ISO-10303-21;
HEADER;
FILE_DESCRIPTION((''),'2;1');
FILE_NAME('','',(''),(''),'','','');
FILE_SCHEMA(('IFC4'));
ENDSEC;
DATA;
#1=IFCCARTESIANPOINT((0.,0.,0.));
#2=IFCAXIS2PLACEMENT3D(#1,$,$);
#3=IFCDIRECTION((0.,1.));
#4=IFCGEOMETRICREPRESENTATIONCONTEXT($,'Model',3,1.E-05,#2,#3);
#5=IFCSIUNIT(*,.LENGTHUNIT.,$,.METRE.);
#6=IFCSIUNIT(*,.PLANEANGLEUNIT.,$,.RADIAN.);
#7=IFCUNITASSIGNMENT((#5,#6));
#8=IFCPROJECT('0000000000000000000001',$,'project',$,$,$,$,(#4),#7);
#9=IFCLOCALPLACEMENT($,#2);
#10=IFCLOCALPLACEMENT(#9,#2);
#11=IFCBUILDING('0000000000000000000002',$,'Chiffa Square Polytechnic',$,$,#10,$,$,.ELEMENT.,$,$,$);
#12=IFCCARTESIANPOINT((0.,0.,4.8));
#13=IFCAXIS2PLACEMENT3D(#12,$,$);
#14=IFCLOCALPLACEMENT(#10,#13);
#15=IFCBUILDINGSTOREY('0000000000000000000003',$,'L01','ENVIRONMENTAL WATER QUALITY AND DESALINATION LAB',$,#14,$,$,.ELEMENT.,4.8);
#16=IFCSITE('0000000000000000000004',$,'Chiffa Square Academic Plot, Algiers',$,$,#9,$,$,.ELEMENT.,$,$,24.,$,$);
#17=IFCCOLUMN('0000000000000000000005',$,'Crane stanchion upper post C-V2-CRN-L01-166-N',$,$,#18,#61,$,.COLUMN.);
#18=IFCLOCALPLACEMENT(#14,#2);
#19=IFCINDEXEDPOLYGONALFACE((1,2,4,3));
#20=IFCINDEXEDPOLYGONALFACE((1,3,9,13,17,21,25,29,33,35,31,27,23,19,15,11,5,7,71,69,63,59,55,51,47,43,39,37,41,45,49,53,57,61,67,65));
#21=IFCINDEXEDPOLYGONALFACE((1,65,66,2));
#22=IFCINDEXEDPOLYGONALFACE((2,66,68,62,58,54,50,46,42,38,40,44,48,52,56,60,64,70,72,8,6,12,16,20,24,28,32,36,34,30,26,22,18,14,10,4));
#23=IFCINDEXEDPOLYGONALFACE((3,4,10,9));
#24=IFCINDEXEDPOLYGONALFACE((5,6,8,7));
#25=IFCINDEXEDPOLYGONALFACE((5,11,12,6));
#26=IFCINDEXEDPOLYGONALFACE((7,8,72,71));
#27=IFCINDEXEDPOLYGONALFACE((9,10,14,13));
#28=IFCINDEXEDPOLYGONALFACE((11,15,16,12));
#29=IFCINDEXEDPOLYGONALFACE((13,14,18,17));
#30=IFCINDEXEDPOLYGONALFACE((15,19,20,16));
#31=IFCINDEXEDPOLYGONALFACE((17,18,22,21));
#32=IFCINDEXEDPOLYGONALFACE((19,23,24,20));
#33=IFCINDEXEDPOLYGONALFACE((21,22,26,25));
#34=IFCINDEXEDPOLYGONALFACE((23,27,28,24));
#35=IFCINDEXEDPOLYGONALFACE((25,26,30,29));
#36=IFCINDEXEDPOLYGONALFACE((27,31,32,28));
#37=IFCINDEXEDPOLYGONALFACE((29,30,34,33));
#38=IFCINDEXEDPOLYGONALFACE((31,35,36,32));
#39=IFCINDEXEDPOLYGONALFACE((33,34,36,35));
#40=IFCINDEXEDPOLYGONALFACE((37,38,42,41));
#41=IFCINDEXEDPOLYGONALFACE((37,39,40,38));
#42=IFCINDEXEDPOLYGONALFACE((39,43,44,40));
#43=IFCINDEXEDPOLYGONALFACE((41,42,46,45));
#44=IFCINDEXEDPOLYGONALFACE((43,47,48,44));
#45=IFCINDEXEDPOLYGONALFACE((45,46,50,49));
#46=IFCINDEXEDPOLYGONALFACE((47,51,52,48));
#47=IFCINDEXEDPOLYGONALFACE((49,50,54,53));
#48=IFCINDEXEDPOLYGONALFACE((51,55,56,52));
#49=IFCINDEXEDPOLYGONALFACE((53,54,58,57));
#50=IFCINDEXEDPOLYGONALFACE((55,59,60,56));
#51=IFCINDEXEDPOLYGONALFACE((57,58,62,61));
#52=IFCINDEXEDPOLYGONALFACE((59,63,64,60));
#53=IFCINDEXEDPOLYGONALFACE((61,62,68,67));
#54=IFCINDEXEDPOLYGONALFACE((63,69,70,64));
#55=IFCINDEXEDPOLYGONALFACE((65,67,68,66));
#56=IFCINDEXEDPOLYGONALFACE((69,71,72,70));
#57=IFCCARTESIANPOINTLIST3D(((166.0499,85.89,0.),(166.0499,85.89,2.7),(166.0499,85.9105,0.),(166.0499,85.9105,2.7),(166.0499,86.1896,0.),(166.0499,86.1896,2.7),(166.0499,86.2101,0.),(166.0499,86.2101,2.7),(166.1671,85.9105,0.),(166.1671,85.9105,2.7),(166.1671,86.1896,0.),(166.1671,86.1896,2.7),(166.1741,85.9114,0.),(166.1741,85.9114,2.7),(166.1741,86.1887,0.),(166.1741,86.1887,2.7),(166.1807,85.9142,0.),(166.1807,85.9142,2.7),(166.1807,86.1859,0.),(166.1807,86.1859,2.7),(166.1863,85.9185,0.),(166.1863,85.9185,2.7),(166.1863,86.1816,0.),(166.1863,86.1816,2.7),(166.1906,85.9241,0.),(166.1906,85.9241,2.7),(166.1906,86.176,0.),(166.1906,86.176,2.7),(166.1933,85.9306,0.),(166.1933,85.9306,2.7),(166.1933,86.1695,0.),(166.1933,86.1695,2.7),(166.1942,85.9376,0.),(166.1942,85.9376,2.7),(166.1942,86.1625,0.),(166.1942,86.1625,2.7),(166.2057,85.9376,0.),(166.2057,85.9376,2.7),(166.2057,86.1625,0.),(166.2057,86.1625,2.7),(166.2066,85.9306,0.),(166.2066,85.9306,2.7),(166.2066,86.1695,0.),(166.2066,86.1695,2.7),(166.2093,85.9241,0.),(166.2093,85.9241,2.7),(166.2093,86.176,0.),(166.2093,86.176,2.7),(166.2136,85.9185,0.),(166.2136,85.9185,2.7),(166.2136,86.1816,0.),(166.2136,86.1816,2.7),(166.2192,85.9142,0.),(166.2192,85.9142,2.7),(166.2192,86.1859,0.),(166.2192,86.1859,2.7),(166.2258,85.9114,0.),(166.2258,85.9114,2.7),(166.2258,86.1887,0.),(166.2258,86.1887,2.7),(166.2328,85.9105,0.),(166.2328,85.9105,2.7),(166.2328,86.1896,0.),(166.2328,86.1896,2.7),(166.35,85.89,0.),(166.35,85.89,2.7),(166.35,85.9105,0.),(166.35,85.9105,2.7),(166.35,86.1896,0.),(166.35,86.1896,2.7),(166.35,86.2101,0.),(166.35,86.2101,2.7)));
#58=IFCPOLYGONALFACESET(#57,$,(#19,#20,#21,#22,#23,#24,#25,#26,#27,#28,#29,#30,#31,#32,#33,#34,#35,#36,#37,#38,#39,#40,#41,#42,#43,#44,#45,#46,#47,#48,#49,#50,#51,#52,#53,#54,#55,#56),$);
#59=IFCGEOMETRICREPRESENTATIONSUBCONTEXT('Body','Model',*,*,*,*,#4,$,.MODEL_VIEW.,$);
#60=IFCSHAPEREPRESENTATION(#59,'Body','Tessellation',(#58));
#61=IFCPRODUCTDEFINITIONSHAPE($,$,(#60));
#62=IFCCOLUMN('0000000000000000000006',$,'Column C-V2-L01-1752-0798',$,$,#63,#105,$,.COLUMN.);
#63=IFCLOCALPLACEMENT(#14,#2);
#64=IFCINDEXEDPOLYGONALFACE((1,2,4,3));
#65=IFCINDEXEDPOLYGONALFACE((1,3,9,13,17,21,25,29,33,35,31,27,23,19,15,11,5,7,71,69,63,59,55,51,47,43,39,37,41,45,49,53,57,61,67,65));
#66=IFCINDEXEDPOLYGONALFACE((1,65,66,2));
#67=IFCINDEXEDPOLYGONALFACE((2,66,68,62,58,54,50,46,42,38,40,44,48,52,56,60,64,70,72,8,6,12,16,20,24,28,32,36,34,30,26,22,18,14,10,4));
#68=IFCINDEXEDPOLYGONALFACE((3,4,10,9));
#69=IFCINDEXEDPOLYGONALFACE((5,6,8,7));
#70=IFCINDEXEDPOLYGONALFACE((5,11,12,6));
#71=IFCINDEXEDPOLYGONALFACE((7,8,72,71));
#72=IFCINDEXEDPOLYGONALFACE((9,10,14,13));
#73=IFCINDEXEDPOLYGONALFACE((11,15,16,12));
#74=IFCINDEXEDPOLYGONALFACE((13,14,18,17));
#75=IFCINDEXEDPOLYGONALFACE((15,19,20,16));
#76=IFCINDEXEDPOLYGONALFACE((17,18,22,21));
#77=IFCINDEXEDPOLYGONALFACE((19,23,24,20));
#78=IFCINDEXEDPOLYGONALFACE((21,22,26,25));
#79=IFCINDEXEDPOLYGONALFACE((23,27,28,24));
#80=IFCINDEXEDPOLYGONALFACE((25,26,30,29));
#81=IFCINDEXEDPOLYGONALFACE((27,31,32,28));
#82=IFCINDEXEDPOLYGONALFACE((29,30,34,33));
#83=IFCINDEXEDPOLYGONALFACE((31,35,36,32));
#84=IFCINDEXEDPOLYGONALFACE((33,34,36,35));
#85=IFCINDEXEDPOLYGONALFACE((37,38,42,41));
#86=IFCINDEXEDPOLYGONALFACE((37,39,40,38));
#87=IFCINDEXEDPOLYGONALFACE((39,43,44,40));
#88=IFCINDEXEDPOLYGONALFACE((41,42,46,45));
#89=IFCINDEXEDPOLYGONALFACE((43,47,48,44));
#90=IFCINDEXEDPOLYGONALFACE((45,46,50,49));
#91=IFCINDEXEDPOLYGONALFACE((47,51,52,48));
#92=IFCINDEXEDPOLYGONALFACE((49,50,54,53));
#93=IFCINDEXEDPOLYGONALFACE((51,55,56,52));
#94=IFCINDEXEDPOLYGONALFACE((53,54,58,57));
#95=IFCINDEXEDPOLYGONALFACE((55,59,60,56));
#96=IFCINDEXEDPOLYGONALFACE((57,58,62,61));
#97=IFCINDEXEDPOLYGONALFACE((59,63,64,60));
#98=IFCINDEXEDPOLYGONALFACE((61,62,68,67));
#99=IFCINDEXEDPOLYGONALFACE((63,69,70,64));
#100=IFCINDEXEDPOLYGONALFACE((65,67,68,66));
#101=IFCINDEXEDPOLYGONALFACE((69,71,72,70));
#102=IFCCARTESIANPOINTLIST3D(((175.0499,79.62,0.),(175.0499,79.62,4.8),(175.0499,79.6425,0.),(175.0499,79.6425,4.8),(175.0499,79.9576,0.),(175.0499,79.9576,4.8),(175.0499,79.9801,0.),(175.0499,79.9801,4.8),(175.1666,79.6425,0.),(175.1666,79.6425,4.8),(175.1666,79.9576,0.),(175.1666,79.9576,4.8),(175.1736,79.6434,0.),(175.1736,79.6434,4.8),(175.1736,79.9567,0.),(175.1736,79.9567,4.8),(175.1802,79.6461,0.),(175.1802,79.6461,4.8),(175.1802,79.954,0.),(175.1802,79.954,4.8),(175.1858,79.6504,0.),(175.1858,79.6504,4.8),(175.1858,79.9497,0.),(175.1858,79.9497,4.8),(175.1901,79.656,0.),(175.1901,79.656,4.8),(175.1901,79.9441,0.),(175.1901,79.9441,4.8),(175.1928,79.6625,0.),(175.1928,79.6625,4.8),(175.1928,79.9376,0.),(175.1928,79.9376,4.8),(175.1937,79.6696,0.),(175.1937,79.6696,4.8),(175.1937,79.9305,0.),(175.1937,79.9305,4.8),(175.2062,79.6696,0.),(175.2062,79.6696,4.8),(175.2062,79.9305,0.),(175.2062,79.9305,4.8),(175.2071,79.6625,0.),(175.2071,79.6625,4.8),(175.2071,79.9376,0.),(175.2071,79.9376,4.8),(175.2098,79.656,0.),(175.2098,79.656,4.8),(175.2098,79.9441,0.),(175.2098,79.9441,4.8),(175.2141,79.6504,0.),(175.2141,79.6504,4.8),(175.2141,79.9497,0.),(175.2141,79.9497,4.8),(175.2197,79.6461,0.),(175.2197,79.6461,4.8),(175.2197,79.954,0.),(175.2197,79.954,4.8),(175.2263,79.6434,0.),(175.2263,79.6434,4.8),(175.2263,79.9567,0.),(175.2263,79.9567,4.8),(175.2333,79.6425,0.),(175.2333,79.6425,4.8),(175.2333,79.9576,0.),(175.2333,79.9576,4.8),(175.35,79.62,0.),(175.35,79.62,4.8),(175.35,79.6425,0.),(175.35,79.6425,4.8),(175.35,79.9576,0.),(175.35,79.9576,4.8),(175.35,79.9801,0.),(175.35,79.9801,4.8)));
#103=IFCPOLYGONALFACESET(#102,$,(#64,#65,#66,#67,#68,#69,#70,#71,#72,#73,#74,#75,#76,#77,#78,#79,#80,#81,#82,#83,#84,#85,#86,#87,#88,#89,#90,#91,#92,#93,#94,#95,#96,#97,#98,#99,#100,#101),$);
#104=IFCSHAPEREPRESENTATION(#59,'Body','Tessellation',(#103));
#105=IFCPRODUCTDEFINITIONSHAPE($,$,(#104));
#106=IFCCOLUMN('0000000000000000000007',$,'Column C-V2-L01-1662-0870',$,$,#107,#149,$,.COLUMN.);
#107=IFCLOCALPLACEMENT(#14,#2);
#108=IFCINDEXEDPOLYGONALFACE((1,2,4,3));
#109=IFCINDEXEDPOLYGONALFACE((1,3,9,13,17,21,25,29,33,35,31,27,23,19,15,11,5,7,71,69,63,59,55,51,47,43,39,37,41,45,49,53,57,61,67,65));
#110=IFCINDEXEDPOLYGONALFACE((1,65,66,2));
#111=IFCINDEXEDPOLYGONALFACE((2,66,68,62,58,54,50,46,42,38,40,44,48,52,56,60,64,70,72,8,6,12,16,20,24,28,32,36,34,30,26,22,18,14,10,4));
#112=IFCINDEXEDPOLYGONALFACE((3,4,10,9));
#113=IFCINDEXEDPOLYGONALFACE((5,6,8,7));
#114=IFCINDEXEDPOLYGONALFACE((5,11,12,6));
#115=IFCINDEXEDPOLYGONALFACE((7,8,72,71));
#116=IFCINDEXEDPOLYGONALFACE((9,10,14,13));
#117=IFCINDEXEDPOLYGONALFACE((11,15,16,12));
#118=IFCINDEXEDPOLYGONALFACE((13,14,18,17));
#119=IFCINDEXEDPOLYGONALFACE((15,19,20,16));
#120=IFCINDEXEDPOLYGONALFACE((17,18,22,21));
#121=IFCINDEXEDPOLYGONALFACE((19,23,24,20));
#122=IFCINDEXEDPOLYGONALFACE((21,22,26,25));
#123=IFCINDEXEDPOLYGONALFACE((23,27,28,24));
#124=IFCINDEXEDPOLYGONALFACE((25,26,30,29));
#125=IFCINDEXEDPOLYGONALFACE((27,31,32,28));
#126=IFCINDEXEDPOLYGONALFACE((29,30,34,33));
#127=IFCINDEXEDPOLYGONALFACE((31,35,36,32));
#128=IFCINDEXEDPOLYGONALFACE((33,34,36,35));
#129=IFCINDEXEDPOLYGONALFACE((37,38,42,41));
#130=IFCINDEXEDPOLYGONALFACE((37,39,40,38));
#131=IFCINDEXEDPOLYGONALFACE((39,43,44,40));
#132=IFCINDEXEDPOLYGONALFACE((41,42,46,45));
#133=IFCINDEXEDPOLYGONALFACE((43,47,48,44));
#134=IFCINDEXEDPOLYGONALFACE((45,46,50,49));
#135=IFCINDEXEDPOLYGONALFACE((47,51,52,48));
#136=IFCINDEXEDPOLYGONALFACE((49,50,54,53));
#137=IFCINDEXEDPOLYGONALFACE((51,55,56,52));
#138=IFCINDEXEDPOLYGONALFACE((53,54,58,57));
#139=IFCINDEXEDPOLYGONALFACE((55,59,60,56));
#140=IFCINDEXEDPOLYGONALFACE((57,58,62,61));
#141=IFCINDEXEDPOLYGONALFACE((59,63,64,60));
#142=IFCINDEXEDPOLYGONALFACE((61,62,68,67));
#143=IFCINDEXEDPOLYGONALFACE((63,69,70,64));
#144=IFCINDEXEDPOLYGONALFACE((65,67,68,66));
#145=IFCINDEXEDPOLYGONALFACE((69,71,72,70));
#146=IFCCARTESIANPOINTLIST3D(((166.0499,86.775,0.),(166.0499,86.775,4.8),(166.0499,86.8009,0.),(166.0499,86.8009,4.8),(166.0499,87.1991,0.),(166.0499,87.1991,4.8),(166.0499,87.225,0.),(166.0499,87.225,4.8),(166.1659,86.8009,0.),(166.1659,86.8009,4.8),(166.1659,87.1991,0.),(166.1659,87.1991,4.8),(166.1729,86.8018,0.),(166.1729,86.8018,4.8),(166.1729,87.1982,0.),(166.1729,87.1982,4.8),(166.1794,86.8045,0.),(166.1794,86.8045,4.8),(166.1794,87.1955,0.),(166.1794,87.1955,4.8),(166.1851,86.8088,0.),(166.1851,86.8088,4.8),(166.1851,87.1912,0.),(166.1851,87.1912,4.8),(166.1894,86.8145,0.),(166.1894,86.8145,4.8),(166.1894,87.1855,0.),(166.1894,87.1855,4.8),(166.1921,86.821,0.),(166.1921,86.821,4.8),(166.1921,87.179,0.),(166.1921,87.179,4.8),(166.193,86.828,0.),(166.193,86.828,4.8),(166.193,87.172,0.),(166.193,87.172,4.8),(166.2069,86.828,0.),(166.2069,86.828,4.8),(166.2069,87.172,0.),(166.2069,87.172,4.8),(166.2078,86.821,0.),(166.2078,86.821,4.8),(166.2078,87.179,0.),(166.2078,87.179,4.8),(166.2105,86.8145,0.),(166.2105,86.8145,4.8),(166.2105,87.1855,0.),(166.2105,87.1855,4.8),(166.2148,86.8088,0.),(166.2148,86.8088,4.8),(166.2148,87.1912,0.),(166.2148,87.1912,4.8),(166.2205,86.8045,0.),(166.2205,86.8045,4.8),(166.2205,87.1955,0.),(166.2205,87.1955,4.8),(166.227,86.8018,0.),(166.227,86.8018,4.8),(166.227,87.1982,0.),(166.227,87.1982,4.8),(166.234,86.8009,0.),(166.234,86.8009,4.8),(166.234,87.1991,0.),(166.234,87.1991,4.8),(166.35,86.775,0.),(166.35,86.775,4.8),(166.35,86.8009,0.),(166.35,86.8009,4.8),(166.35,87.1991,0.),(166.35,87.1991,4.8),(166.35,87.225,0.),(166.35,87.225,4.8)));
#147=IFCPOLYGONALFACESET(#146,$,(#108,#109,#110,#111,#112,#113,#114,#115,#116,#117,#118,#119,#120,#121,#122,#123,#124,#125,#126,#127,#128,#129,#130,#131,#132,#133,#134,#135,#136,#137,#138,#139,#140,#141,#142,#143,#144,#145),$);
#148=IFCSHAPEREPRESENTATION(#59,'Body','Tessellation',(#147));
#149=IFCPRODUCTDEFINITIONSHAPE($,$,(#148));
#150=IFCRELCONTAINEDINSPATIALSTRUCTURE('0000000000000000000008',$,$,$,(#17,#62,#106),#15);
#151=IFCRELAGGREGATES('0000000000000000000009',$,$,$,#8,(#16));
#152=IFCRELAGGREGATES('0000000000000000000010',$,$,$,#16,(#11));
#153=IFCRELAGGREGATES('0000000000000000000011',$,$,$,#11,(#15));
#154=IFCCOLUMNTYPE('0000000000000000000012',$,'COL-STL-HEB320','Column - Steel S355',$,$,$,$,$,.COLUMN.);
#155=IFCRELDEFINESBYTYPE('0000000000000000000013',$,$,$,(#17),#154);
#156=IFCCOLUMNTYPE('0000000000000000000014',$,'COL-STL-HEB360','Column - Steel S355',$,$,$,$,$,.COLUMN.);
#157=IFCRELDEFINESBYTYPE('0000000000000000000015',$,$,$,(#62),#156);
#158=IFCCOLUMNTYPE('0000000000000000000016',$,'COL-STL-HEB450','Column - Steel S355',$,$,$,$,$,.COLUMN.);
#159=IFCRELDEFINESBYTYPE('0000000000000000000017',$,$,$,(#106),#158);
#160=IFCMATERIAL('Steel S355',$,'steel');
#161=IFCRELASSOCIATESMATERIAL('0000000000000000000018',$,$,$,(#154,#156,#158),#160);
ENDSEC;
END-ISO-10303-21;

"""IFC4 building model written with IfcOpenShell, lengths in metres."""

from ifc_helpers import new_model, si_unit, direction, frame, origin, origin_2d, place, context, subcontext, project, spatial, i_section, extrude, material, material_profile, profile_set, type_object, element, save


model = new_model("IFC4")

# Units and contexts
model_context = context("Model", 3, precision=1e-05, world=origin(), true_north=direction((0.0, 1.0)))
body_context = subcontext(model_context, "Body", "Model", "MODEL_VIEW")
ifc_project = project(units=[si_unit("LENGTHUNIT", "METRE"), si_unit("PLANEANGLEUNIT", "RADIAN")], contexts=[model_context])

# Site, building, storey
site_placement = place(None, origin())
site = spatial("IfcSite", under=ifc_project, at=site_placement, Name="Chiffa Square Academic Plot, Algiers", CompositionType="ELEMENT", RefElevation=24.0)
building_placement = place(site_placement, origin())
building = spatial("IfcBuilding", under=site, at=building_placement, Name="Chiffa Square Polytechnic", CompositionType="ELEMENT")
storey_placement = place(building_placement, frame((0.0, 0.0, 4.8)))
storey = spatial("IfcBuildingStorey", under=building, at=storey_placement, Name="L01", Description="ENVIRONMENTAL WATER QUALITY AND DESALINATION LAB", CompositionType="ELEMENT", Elevation=4.8)

# Columns
ifc_material_1 = material(Name="Steel S355", Category="steel")
ifc_material_profile_1 = material_profile(ifc_material_1, i_section(OverallWidth=0.3, OverallDepth=0.3201, WebThickness=0.0115, FlangeThickness=0.0205, FilletRadius=0.0271, at=origin_2d()), Name="HEB 320")
ifc_profile_set_1 = profile_set([ifc_material_profile_1], Name="Steel S355")
column_type_1 = type_object("IfcColumnType", Name="COL-STL-HEB320", Description="Column - Steel S355", PredefinedType="COLUMN", material=ifc_profile_set_1)
column_1_placement = place(storey_placement, frame((166.2, 86.05, 0.0), z_axis=(0.0, 0.0, 1.0), x_axis=(1.0, 0.0, 0.0)))
element("IfcColumn", 1, at=column_1_placement, inside=storey, type_object=column_type_1, Name="Crane stanchion upper post C-V2-CRN-L01-166-N", PredefinedType="COLUMN", context=body_context, shape_type="SweptSolid", body=[
    extrude(i_section(OverallWidth=0.3, OverallDepth=0.3201, WebThickness=0.0115, FlangeThickness=0.0205, FilletRadius=0.0271, at=origin_2d()), origin(), (0.0, 0.0, 1.0), 2.7),
])
ifc_material_profile_2 = material_profile(ifc_material_1, i_section(OverallWidth=0.3, OverallDepth=0.3601, WebThickness=0.0125, FlangeThickness=0.0225, FilletRadius=0.0271, at=origin_2d()), Name="HEB 360")
ifc_profile_set_2 = profile_set([ifc_material_profile_2], Name="Steel S355")
column_type_2 = type_object("IfcColumnType", Name="COL-STL-HEB360", Description="Column - Steel S355", PredefinedType="COLUMN", material=ifc_profile_set_2)
column_2_placement = place(storey_placement, frame((175.2, 79.8, 0.0), z_axis=(0.0, 0.0, 1.0), x_axis=(1.0, 0.0, 0.0)))
element("IfcColumn", 2, at=column_2_placement, inside=storey, type_object=column_type_2, Name="Column C-V2-L01-1752-0798", PredefinedType="COLUMN", context=body_context, shape_type="SweptSolid", body=[
    extrude(i_section(OverallWidth=0.3, OverallDepth=0.3601, WebThickness=0.0125, FlangeThickness=0.0225, FilletRadius=0.0271, at=origin_2d()), origin(), (0.0, 0.0, 1.0), 4.8),
])
ifc_material_profile_3 = material_profile(ifc_material_1, i_section(OverallWidth=0.3, OverallDepth=0.45, WebThickness=0.0139, FlangeThickness=0.0259, FilletRadius=0.0271, at=origin_2d()), Name="HEB 450")
ifc_profile_set_3 = profile_set([ifc_material_profile_3], Name="Steel S355")
column_type_3 = type_object("IfcColumnType", Name="COL-STL-HEB450", Description="Column - Steel S355", PredefinedType="COLUMN", material=ifc_profile_set_3)
column_3_placement = place(storey_placement, frame((166.2, 87.0, 0.0), z_axis=(0.0, 0.0, 1.0), x_axis=(1.0, 0.0, 0.0)))
element("IfcColumn", 3, at=column_3_placement, inside=storey, type_object=column_type_3, Name="Column C-V2-L01-1662-0870", PredefinedType="COLUMN", context=body_context, shape_type="SweptSolid", body=[
    extrude(i_section(OverallWidth=0.3, OverallDepth=0.45, WebThickness=0.0139, FlangeThickness=0.0259, FilletRadius=0.0271, at=origin_2d()), origin(), (0.0, 0.0, 1.0), 4.8),
])

save(model, "model.ifc")
